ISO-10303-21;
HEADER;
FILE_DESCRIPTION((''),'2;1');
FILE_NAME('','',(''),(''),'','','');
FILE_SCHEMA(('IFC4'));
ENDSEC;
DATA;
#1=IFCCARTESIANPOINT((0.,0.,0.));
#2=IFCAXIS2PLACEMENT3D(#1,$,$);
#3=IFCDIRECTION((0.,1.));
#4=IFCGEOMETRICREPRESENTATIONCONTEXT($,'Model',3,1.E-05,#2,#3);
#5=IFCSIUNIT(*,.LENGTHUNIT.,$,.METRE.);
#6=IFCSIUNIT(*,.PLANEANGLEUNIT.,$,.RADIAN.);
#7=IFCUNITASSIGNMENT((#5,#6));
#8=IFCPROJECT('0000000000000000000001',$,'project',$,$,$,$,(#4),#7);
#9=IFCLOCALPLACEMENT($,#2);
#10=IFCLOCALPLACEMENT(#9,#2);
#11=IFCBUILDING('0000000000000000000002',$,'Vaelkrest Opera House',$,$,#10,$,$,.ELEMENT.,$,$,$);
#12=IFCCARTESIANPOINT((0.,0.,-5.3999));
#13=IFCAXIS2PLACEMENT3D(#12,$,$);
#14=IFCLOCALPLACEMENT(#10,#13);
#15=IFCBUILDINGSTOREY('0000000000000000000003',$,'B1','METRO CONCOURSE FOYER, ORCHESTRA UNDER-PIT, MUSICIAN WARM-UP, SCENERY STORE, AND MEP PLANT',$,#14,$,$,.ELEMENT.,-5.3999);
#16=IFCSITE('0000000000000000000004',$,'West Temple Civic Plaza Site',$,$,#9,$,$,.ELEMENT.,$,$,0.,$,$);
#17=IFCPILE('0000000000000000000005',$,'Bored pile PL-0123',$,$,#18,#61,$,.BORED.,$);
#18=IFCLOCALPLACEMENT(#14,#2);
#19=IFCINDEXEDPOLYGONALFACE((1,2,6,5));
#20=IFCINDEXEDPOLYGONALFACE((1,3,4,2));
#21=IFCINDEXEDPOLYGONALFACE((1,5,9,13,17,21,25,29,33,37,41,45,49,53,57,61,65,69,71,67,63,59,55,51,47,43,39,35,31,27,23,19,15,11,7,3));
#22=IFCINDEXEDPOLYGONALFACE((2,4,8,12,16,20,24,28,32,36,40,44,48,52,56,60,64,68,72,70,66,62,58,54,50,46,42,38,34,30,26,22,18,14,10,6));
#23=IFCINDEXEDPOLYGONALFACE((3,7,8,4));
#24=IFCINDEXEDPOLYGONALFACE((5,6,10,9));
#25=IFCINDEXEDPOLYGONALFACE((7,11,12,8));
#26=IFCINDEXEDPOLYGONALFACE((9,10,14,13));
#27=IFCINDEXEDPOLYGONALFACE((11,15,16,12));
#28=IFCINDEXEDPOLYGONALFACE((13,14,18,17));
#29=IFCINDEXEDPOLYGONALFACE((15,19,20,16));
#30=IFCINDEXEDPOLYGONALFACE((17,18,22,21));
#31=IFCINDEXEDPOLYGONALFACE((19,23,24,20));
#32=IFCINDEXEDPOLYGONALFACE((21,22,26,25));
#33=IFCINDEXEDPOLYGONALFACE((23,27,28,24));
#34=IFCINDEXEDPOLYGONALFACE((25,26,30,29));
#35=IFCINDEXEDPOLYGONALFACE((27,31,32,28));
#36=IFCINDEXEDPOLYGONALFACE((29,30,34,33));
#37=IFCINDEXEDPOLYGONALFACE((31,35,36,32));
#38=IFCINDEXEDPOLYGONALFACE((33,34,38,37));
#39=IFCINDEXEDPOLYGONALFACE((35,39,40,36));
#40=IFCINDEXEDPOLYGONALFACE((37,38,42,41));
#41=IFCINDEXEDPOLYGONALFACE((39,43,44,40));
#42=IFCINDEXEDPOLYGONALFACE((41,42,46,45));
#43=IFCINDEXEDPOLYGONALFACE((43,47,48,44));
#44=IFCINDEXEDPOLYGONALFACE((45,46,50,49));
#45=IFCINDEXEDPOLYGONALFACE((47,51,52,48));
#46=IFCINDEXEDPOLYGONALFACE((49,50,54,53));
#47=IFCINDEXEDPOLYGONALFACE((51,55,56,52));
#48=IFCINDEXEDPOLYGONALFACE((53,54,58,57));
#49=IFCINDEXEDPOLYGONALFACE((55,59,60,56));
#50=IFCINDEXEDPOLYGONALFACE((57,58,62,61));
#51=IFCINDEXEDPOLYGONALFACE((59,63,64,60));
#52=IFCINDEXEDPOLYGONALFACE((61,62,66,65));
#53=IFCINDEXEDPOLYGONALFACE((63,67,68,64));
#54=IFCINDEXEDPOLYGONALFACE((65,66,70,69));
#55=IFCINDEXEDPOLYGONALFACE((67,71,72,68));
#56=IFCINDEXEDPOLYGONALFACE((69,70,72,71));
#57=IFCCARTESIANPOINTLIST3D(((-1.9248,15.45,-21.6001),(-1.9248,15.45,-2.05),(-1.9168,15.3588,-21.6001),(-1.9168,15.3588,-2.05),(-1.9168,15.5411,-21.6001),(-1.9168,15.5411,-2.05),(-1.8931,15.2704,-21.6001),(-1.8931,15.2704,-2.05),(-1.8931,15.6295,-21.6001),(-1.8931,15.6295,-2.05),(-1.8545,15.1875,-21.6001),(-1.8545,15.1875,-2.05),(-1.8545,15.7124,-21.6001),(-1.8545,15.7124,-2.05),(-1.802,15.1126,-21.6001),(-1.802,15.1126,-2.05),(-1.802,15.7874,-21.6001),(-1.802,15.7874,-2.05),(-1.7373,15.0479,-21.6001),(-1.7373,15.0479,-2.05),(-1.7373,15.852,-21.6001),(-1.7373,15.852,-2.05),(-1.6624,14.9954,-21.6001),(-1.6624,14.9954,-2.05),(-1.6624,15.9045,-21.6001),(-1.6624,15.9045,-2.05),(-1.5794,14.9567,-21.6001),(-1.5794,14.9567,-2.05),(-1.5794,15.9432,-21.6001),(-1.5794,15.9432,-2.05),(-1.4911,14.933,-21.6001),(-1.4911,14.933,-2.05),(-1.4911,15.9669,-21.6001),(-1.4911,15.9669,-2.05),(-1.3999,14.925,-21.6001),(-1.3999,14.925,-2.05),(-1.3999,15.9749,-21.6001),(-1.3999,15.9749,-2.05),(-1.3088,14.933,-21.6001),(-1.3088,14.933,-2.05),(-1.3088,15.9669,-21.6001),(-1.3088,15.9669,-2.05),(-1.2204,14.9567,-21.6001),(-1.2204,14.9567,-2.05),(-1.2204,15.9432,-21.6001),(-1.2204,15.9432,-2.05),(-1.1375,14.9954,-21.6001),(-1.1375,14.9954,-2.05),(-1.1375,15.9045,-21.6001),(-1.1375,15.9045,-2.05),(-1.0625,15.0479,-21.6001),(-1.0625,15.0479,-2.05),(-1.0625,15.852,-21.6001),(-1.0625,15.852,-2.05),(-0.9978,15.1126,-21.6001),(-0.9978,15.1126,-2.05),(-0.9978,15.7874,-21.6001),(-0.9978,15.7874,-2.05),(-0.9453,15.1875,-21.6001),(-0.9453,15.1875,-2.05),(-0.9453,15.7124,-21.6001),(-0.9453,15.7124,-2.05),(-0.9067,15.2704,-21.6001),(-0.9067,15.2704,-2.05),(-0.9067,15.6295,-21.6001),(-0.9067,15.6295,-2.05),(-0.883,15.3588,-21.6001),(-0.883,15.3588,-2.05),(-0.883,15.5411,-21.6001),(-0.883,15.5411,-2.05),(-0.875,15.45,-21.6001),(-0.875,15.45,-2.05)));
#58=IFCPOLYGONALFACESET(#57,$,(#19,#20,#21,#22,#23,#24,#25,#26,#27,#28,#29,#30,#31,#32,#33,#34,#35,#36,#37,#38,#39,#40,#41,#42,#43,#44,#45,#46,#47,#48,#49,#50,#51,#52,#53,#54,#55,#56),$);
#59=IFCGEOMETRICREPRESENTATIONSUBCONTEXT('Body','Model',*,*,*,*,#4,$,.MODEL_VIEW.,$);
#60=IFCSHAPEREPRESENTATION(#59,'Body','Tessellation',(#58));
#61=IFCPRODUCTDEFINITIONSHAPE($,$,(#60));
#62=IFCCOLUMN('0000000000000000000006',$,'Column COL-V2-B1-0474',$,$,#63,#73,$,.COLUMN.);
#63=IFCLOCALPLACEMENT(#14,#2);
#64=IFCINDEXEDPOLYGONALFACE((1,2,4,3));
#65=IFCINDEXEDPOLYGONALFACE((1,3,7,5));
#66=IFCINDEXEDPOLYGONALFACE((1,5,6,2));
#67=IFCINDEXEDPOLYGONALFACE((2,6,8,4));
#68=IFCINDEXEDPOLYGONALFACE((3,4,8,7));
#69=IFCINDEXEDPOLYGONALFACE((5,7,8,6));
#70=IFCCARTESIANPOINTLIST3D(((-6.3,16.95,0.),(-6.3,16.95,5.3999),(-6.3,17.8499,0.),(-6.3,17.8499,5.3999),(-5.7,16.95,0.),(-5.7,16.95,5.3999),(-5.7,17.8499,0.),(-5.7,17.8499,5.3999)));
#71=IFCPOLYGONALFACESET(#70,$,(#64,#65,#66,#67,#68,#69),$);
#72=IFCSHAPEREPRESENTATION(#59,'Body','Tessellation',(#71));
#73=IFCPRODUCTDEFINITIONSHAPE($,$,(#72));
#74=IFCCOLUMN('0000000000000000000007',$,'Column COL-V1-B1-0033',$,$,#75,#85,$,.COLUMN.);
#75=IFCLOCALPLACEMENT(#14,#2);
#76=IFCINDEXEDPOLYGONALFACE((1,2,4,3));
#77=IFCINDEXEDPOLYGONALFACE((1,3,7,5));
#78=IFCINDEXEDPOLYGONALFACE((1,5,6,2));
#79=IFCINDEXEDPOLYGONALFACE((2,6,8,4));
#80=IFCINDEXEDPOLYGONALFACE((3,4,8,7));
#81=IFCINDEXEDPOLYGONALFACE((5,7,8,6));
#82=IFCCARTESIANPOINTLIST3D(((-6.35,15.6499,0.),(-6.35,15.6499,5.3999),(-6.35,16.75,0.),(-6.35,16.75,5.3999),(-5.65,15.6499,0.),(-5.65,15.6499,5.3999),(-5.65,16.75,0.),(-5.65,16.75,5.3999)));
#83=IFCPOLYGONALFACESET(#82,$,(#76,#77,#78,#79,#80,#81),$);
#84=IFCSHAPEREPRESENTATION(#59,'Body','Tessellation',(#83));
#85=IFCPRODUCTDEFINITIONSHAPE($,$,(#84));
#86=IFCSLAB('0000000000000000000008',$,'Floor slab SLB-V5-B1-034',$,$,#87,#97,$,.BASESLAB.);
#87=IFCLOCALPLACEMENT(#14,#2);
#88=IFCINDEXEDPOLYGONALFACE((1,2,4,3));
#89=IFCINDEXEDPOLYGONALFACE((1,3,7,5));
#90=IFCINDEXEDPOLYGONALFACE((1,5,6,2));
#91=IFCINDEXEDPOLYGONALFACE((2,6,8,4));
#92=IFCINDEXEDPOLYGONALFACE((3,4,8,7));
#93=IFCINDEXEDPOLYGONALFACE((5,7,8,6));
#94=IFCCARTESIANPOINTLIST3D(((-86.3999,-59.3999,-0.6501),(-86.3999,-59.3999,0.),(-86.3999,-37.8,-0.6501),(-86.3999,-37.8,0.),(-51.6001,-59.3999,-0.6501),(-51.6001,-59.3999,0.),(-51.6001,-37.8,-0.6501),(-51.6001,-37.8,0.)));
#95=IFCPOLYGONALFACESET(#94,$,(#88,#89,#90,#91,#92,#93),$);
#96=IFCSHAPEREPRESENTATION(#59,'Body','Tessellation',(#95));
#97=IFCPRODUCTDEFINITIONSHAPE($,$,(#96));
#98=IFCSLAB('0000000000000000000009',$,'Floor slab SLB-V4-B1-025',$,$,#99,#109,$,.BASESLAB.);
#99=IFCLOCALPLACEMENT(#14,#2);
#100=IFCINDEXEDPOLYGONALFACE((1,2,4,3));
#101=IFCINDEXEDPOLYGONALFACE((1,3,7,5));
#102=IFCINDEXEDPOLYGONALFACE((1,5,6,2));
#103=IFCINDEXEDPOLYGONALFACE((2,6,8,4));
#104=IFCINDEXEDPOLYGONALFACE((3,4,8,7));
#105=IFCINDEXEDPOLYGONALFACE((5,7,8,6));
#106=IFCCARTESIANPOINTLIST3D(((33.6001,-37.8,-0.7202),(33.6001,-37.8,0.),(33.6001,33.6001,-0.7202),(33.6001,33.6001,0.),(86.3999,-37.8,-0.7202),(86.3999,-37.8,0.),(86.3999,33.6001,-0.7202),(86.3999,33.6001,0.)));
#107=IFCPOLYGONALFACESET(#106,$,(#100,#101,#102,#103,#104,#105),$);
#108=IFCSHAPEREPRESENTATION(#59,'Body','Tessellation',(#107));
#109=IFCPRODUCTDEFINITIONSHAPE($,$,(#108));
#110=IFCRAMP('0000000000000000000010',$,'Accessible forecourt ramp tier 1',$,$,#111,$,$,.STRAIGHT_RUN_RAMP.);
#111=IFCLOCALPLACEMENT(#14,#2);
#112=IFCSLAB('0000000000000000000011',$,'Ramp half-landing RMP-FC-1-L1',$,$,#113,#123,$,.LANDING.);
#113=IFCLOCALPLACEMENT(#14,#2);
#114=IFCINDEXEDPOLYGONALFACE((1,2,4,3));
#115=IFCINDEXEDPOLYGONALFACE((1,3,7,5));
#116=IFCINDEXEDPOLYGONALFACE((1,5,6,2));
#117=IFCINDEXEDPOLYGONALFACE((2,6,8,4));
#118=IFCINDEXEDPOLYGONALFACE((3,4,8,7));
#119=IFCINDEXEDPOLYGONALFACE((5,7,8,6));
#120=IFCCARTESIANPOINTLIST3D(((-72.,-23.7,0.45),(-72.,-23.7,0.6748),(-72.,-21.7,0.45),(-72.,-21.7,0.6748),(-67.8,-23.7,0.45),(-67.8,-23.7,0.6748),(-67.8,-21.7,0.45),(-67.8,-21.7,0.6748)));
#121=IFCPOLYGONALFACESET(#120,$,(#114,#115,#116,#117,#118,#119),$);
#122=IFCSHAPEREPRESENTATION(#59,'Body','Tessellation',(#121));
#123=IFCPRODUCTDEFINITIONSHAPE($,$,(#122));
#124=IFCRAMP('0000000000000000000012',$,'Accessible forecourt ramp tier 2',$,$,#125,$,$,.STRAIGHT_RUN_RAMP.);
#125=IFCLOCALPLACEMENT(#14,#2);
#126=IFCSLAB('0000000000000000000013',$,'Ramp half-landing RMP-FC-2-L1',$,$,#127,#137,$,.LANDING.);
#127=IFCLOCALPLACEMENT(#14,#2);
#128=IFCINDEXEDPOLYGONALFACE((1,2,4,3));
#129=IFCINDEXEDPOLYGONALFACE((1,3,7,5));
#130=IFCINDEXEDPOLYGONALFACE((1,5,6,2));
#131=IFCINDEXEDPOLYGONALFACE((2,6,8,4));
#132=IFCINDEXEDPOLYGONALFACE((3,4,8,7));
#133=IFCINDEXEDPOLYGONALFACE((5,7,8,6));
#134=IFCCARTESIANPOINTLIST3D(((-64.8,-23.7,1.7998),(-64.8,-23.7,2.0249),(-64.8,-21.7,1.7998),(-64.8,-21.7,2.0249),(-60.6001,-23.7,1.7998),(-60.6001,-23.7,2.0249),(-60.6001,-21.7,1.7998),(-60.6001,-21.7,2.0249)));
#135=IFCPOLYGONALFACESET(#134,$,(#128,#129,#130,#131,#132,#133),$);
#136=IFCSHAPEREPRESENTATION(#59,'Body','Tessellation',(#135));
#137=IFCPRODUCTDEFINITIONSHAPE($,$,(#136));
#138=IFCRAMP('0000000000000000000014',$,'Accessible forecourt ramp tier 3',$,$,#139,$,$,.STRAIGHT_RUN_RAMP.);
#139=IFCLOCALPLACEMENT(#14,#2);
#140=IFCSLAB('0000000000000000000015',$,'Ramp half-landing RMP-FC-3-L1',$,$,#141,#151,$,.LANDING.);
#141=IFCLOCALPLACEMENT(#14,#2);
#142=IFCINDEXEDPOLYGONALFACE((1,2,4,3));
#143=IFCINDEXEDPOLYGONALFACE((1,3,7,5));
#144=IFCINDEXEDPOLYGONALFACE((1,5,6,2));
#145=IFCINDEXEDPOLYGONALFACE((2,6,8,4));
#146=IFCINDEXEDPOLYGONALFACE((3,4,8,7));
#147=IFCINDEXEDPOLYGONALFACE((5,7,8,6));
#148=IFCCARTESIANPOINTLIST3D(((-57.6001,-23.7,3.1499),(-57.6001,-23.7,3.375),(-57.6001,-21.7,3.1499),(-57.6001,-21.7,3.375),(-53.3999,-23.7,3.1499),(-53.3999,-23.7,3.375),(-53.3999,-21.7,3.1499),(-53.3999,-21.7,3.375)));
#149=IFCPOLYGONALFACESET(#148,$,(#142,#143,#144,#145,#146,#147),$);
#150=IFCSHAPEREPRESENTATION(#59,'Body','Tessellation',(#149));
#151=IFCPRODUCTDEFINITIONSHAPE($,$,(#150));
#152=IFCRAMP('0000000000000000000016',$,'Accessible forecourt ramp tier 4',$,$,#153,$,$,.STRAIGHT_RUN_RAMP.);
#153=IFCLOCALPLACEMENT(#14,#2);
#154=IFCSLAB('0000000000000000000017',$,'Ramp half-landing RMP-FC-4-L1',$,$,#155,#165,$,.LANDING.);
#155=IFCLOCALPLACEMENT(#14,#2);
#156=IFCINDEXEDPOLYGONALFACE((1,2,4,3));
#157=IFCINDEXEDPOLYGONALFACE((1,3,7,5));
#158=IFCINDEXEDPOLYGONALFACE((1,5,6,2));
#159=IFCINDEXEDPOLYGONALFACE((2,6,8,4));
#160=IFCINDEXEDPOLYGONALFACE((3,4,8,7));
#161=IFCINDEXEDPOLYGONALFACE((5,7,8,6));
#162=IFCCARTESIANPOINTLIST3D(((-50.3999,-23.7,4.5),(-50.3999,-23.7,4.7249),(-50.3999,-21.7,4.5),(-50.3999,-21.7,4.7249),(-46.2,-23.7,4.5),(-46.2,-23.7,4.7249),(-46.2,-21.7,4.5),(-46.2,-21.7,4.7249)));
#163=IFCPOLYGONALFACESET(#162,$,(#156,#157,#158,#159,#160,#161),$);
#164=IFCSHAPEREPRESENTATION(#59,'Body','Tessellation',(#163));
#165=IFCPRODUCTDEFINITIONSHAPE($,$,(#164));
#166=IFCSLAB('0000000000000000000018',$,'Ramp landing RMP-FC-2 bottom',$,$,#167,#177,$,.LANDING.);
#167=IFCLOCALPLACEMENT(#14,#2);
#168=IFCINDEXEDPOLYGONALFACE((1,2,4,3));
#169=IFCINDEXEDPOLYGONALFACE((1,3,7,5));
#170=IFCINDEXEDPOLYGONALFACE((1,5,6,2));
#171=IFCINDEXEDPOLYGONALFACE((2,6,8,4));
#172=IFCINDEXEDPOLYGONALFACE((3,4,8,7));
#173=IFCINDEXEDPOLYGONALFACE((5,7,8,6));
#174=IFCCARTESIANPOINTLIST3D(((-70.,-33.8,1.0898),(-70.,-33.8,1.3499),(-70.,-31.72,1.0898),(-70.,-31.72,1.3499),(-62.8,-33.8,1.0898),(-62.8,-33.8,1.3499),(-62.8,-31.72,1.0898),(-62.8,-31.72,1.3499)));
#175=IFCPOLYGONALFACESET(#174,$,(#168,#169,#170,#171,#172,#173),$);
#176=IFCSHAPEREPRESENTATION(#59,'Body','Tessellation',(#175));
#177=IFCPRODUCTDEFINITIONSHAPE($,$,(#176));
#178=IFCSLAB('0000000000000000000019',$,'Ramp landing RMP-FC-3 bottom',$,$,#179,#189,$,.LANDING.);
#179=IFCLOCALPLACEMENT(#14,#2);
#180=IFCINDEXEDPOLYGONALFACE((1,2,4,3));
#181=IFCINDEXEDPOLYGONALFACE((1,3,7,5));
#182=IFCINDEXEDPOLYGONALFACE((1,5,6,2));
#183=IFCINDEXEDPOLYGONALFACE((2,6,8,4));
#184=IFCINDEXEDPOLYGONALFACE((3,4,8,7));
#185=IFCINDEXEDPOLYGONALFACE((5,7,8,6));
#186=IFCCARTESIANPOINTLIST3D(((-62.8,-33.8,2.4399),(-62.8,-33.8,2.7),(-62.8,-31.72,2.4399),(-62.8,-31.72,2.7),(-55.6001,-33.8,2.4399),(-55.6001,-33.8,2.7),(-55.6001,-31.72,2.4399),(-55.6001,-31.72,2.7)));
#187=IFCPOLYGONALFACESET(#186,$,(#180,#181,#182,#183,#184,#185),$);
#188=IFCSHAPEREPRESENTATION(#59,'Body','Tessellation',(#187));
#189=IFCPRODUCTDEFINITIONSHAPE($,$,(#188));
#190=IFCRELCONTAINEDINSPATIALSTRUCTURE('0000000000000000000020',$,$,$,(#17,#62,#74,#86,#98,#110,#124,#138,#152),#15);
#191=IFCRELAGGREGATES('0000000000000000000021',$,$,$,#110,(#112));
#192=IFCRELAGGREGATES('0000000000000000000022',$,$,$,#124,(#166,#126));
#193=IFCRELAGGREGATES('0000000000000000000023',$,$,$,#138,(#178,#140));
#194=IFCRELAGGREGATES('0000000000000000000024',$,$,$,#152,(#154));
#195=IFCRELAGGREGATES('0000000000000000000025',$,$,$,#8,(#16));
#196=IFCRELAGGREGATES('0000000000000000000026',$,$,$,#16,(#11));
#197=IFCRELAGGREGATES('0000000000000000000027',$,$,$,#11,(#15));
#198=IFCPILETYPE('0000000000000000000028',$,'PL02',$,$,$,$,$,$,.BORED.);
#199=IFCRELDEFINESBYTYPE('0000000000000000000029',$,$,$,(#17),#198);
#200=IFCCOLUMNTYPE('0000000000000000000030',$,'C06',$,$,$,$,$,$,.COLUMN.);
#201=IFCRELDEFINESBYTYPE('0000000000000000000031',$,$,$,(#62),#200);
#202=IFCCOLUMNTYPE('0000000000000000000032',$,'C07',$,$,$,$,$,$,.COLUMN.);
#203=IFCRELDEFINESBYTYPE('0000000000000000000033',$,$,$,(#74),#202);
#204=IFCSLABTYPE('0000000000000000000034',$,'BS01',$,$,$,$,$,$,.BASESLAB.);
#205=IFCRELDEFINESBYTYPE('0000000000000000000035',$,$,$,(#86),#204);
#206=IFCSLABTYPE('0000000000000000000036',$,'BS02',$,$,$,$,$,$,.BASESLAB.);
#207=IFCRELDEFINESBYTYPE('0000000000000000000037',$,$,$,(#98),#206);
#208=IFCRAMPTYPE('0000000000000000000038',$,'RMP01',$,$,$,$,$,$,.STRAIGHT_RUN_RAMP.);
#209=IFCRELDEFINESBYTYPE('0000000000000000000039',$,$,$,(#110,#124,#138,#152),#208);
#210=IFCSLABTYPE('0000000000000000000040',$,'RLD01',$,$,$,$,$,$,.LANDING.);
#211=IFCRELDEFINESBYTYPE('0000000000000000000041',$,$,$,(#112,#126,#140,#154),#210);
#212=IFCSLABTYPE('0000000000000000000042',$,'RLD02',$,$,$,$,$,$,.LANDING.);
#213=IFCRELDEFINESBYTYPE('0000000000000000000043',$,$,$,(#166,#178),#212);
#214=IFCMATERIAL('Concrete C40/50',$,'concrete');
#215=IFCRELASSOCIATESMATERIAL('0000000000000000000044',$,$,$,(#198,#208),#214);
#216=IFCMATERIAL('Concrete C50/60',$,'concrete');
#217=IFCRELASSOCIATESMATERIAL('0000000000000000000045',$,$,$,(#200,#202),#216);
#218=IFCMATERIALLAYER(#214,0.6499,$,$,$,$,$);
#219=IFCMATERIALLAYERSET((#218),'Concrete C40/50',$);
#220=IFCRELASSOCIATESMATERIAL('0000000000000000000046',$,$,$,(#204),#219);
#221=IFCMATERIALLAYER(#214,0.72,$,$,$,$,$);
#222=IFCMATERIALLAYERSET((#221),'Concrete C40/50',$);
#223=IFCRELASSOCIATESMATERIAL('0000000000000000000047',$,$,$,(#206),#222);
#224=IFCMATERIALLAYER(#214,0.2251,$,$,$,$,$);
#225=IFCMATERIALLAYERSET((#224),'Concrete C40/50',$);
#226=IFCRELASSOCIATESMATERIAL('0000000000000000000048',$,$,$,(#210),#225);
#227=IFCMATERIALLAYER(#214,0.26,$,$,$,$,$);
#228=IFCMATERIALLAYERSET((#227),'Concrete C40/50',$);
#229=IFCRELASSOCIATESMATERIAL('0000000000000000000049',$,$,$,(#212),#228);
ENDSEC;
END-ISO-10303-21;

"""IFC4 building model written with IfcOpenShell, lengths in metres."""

from ifc_helpers import new_model, si_unit, direction, frame, origin, origin_2d, place, context, subcontext, project, spatial, polyline, rectangle, circle, outline, extrude, material, layer, layer_set, material_profile, profile_set, type_object, element, aggregate, save


model = new_model("IFC4")

# Units and contexts
model_context = context("Model", 3, precision=1e-05, world=origin(), true_north=direction((0.0, 1.0)))
body_context = subcontext(model_context, "Body", "Model", "MODEL_VIEW")
ifc_project = project(units=[si_unit("LENGTHUNIT", "METRE"), si_unit("PLANEANGLEUNIT", "RADIAN")], contexts=[model_context])

# Site, building, storey
site_placement = place(None, origin())
site = spatial("IfcSite", under=ifc_project, at=site_placement, Name="West Temple Civic Plaza Site", CompositionType="ELEMENT", RefElevation=0.0)
building_placement = place(site_placement, origin())
building = spatial("IfcBuilding", under=site, at=building_placement, Name="Vaelkrest Opera House", CompositionType="ELEMENT")
storey_placement = place(building_placement, frame((0.0, 0.0, -5.3999)))
storey = spatial("IfcBuildingStorey", under=building, at=storey_placement, Name="B1", Description="METRO CONCOURSE FOYER, ORCHESTRA UNDER-PIT, MUSICIAN WARM-UP, SCENERY STORE, AND MEP PLANT", CompositionType="ELEMENT", Elevation=-5.3999)

# Shared definitions
ifc_material_1 = material(Name="Concrete C40/50", Category="concrete")

# Pile
ifc_material_profile_1 = material_profile(ifc_material_1, circle(Radius=0.5249, at=origin_2d()), Name="PILE1050")
ifc_profile_set_1 = profile_set([ifc_material_profile_1], Name="Concrete C40/50")
pile_type = type_object("IfcPileType", Name="PL02", PredefinedType="BORED", material=ifc_profile_set_1)
for number, where, z_axis, x_axis, name in (
    (1, (-1.3999, 15.45, -2.05), (0.0, 0.0, -1.0), (1.0, 0.0, 0.0), "Bored pile PL-0123"),
):
    element("IfcPile", number, at=place(storey_placement, frame(where, z_axis=z_axis, x_axis=x_axis)), inside=storey, type_object=pile_type, Name=name, PredefinedType="BORED", context=body_context, shape_type="SweptSolid", body=[
        extrude(circle(Radius=0.5249, at=origin_2d()), origin(), (0.0, 0.0, 1.0), 19.55),
    ])

# Columns
ifc_material_2 = material(Name="Concrete C50/60", Category="concrete")
ifc_material_profile_2 = material_profile(ifc_material_2, rectangle(XDim=0.6001, YDim=0.8999, at=origin_2d()), Name="RC600X900")
ifc_profile_set_2 = profile_set([ifc_material_profile_2], Name="Concrete C50/60")
column_type_1 = type_object("IfcColumnType", Name="C06", PredefinedType="COLUMN", material=ifc_profile_set_2)
column_1_placement = place(storey_placement, frame((-6.0, 17.3999, 0.0), z_axis=(0.0, 0.0, 1.0), x_axis=(1.0, 0.0, 0.0)))
element("IfcColumn", 2, at=column_1_placement, inside=storey, type_object=column_type_1, Name="Column COL-V2-B1-0474", PredefinedType="COLUMN", context=body_context, shape_type="SweptSolid", body=[
    extrude(rectangle(XDim=0.6001, YDim=0.8999, at=origin_2d()), origin(), (0.0, 0.0, 1.0), 5.3999),
])
ifc_material_profile_3 = material_profile(ifc_material_2, rectangle(XDim=0.7, YDim=1.1001, at=origin_2d()), Name="RC700X1100")
ifc_profile_set_3 = profile_set([ifc_material_profile_3], Name="Concrete C50/60")
column_type_2 = type_object("IfcColumnType", Name="C07", PredefinedType="COLUMN", material=ifc_profile_set_3)
column_2_placement = place(storey_placement, frame((-6.0, 16.2, 0.0), z_axis=(0.0, 0.0, 1.0), x_axis=(1.0, 0.0, 0.0)))
element("IfcColumn", 3, at=column_2_placement, inside=storey, type_object=column_type_2, Name="Column COL-V1-B1-0033", PredefinedType="COLUMN", context=body_context, shape_type="SweptSolid", body=[
    extrude(rectangle(XDim=0.7, YDim=1.1001, at=origin_2d()), origin(), (0.0, 0.0, 1.0), 5.3999),
])

# Slabs
ifc_layer_1 = layer(ifc_material_1, 0.6499)
ifc_layer_set_1 = layer_set([ifc_layer_1], Name="Concrete C40/50")
slab_type_1 = type_object("IfcSlabType", Name="BS01", PredefinedType="BASESLAB", material=ifc_layer_set_1)
slab_1_placement = place(storey_placement, frame((0.0, 0.0, -0.6501)))
element("IfcSlab", 4, at=slab_1_placement, inside=storey, type_object=slab_type_1, Name="Floor slab SLB-V5-B1-034", PredefinedType="BASESLAB", context=body_context, shape_type="SweptSolid", body=[
    extrude(outline(polyline([(-86.3999, -59.3999), (-51.6001, -59.3999), (-51.6001, -37.8), (-86.3999, -37.8), (-86.3999, -59.3999)])), origin(), (0.0, 0.0, 1.0), 0.6501),
])
ifc_layer_2 = layer(ifc_material_1, 0.72)
ifc_layer_set_2 = layer_set([ifc_layer_2], Name="Concrete C40/50")
slab_type_2 = type_object("IfcSlabType", Name="BS02", PredefinedType="BASESLAB", material=ifc_layer_set_2)
slab_2_placement = place(storey_placement, frame((0.0, 0.0, -0.7202)))
element("IfcSlab", 5, at=slab_2_placement, inside=storey, type_object=slab_type_2, Name="Floor slab SLB-V4-B1-025", PredefinedType="BASESLAB", context=body_context, shape_type="SweptSolid", body=[
    extrude(outline(polyline([(33.6001, -37.8), (86.3999, -37.8), (86.3999, 33.6001), (33.6001, 33.6001), (33.6001, -37.8)])), origin(), (0.0, 0.0, 1.0), 0.7202),
])

# Ramps, slabs
ramp_type = type_object("IfcRampType", Name="RMP01", PredefinedType="STRAIGHT_RUN_RAMP", material=ifc_material_1)
ramp_1_placement = place(storey_placement, origin())
ramp_1 = element("IfcRamp", 6, at=ramp_1_placement, inside=storey, type_object=ramp_type, Name="Accessible forecourt ramp tier 1", PredefinedType="STRAIGHT_RUN_RAMP")
ifc_layer_3 = layer(ifc_material_1, 0.2251)
ifc_layer_set_3 = layer_set([ifc_layer_3], Name="Concrete C40/50")
slab_type_3 = type_object("IfcSlabType", Name="RLD01", PredefinedType="LANDING", material=ifc_layer_set_3)
slab_3_placement = place(storey_placement, frame((0.0, 0.0, 0.45)))
slab_3 = element("IfcSlab", 7, at=slab_3_placement, type_object=slab_type_3, Name="Ramp half-landing RMP-FC-1-L1", PredefinedType="LANDING", context=body_context, shape_type="SweptSolid", body=[
    extrude(outline(polyline([(-72.0, -23.7), (-67.8, -23.7), (-67.8, -21.7), (-72.0, -21.7), (-72.0, -23.7)])), origin(), (0.0, 0.0, 1.0), 0.2249),
])
aggregate(ramp_1, [slab_3])
ramp_2_placement = place(storey_placement, origin())
ramp_2 = element("IfcRamp", 8, at=ramp_2_placement, inside=storey, type_object=ramp_type, Name="Accessible forecourt ramp tier 2", PredefinedType="STRAIGHT_RUN_RAMP")
slab_4_placement = place(storey_placement, frame((0.0, 0.0, 1.7998)))
slab_4 = element("IfcSlab", 9, at=slab_4_placement, type_object=slab_type_3, Name="Ramp half-landing RMP-FC-2-L1", PredefinedType="LANDING", context=body_context, shape_type="SweptSolid", body=[
    extrude(outline(polyline([(-64.8, -23.7), (-60.6001, -23.7), (-60.6001, -21.7), (-64.8, -21.7), (-64.8, -23.7)])), origin(), (0.0, 0.0, 1.0), 0.2251),
])
ramp_3_placement = place(storey_placement, origin())
ramp_3 = element("IfcRamp", 10, at=ramp_3_placement, inside=storey, type_object=ramp_type, Name="Accessible forecourt ramp tier 3", PredefinedType="STRAIGHT_RUN_RAMP")
slab_5_placement = place(storey_placement, frame((0.0, 0.0, 3.1499)))
slab_5 = element("IfcSlab", 11, at=slab_5_placement, type_object=slab_type_3, Name="Ramp half-landing RMP-FC-3-L1", PredefinedType="LANDING", context=body_context, shape_type="SweptSolid", body=[
    extrude(outline(polyline([(-57.6001, -23.7), (-53.3999, -23.7), (-53.3999, -21.7), (-57.6001, -21.7), (-57.6001, -23.7)])), origin(), (0.0, 0.0, 1.0), 0.2251),
])
ramp_4_placement = place(storey_placement, origin())
ramp_4 = element("IfcRamp", 12, at=ramp_4_placement, inside=storey, type_object=ramp_type, Name="Accessible forecourt ramp tier 4", PredefinedType="STRAIGHT_RUN_RAMP")
slab_6_placement = place(storey_placement, frame((0.0, 0.0, 4.5)))
slab_6 = element("IfcSlab", 13, at=slab_6_placement, type_object=slab_type_3, Name="Ramp half-landing RMP-FC-4-L1", PredefinedType="LANDING", context=body_context, shape_type="SweptSolid", body=[
    extrude(outline(polyline([(-50.3999, -23.7), (-46.2, -23.7), (-46.2, -21.7), (-50.3999, -21.7), (-50.3999, -23.7)])), origin(), (0.0, 0.0, 1.0), 0.2249),
])

# Slabs
ifc_layer_4 = layer(ifc_material_1, 0.26)
ifc_layer_set_4 = layer_set([ifc_layer_4], Name="Concrete C40/50")
slab_type_4 = type_object("IfcSlabType", Name="RLD02", PredefinedType="LANDING", material=ifc_layer_set_4)
slab_7_placement = place(storey_placement, frame((0.0, 0.0, 1.0898)))
slab_7 = element("IfcSlab", 14, at=slab_7_placement, type_object=slab_type_4, Name="Ramp landing RMP-FC-2 bottom", PredefinedType="LANDING", context=body_context, shape_type="SweptSolid", body=[
    extrude(outline(polyline([(-70.0, -33.8), (-62.8, -33.8), (-62.8, -31.72), (-70.0, -31.72), (-70.0, -33.8)])), origin(), (0.0, 0.0, 1.0), 0.26),
])
aggregate(ramp_2, [slab_7, slab_4])
slab_8_placement = place(storey_placement, frame((0.0, 0.0, 2.4399)))
slab_8 = element("IfcSlab", 15, at=slab_8_placement, type_object=slab_type_4, Name="Ramp landing RMP-FC-3 bottom", PredefinedType="LANDING", context=body_context, shape_type="SweptSolid", body=[
    extrude(outline(polyline([(-62.8, -33.8), (-55.6001, -33.8), (-55.6001, -31.72), (-62.8, -31.72), (-62.8, -33.8)])), origin(), (0.0, 0.0, 1.0), 0.26),
])
aggregate(ramp_3, [slab_8, slab_5])
aggregate(ramp_4, [slab_6])

save(model, "model.ifc")
